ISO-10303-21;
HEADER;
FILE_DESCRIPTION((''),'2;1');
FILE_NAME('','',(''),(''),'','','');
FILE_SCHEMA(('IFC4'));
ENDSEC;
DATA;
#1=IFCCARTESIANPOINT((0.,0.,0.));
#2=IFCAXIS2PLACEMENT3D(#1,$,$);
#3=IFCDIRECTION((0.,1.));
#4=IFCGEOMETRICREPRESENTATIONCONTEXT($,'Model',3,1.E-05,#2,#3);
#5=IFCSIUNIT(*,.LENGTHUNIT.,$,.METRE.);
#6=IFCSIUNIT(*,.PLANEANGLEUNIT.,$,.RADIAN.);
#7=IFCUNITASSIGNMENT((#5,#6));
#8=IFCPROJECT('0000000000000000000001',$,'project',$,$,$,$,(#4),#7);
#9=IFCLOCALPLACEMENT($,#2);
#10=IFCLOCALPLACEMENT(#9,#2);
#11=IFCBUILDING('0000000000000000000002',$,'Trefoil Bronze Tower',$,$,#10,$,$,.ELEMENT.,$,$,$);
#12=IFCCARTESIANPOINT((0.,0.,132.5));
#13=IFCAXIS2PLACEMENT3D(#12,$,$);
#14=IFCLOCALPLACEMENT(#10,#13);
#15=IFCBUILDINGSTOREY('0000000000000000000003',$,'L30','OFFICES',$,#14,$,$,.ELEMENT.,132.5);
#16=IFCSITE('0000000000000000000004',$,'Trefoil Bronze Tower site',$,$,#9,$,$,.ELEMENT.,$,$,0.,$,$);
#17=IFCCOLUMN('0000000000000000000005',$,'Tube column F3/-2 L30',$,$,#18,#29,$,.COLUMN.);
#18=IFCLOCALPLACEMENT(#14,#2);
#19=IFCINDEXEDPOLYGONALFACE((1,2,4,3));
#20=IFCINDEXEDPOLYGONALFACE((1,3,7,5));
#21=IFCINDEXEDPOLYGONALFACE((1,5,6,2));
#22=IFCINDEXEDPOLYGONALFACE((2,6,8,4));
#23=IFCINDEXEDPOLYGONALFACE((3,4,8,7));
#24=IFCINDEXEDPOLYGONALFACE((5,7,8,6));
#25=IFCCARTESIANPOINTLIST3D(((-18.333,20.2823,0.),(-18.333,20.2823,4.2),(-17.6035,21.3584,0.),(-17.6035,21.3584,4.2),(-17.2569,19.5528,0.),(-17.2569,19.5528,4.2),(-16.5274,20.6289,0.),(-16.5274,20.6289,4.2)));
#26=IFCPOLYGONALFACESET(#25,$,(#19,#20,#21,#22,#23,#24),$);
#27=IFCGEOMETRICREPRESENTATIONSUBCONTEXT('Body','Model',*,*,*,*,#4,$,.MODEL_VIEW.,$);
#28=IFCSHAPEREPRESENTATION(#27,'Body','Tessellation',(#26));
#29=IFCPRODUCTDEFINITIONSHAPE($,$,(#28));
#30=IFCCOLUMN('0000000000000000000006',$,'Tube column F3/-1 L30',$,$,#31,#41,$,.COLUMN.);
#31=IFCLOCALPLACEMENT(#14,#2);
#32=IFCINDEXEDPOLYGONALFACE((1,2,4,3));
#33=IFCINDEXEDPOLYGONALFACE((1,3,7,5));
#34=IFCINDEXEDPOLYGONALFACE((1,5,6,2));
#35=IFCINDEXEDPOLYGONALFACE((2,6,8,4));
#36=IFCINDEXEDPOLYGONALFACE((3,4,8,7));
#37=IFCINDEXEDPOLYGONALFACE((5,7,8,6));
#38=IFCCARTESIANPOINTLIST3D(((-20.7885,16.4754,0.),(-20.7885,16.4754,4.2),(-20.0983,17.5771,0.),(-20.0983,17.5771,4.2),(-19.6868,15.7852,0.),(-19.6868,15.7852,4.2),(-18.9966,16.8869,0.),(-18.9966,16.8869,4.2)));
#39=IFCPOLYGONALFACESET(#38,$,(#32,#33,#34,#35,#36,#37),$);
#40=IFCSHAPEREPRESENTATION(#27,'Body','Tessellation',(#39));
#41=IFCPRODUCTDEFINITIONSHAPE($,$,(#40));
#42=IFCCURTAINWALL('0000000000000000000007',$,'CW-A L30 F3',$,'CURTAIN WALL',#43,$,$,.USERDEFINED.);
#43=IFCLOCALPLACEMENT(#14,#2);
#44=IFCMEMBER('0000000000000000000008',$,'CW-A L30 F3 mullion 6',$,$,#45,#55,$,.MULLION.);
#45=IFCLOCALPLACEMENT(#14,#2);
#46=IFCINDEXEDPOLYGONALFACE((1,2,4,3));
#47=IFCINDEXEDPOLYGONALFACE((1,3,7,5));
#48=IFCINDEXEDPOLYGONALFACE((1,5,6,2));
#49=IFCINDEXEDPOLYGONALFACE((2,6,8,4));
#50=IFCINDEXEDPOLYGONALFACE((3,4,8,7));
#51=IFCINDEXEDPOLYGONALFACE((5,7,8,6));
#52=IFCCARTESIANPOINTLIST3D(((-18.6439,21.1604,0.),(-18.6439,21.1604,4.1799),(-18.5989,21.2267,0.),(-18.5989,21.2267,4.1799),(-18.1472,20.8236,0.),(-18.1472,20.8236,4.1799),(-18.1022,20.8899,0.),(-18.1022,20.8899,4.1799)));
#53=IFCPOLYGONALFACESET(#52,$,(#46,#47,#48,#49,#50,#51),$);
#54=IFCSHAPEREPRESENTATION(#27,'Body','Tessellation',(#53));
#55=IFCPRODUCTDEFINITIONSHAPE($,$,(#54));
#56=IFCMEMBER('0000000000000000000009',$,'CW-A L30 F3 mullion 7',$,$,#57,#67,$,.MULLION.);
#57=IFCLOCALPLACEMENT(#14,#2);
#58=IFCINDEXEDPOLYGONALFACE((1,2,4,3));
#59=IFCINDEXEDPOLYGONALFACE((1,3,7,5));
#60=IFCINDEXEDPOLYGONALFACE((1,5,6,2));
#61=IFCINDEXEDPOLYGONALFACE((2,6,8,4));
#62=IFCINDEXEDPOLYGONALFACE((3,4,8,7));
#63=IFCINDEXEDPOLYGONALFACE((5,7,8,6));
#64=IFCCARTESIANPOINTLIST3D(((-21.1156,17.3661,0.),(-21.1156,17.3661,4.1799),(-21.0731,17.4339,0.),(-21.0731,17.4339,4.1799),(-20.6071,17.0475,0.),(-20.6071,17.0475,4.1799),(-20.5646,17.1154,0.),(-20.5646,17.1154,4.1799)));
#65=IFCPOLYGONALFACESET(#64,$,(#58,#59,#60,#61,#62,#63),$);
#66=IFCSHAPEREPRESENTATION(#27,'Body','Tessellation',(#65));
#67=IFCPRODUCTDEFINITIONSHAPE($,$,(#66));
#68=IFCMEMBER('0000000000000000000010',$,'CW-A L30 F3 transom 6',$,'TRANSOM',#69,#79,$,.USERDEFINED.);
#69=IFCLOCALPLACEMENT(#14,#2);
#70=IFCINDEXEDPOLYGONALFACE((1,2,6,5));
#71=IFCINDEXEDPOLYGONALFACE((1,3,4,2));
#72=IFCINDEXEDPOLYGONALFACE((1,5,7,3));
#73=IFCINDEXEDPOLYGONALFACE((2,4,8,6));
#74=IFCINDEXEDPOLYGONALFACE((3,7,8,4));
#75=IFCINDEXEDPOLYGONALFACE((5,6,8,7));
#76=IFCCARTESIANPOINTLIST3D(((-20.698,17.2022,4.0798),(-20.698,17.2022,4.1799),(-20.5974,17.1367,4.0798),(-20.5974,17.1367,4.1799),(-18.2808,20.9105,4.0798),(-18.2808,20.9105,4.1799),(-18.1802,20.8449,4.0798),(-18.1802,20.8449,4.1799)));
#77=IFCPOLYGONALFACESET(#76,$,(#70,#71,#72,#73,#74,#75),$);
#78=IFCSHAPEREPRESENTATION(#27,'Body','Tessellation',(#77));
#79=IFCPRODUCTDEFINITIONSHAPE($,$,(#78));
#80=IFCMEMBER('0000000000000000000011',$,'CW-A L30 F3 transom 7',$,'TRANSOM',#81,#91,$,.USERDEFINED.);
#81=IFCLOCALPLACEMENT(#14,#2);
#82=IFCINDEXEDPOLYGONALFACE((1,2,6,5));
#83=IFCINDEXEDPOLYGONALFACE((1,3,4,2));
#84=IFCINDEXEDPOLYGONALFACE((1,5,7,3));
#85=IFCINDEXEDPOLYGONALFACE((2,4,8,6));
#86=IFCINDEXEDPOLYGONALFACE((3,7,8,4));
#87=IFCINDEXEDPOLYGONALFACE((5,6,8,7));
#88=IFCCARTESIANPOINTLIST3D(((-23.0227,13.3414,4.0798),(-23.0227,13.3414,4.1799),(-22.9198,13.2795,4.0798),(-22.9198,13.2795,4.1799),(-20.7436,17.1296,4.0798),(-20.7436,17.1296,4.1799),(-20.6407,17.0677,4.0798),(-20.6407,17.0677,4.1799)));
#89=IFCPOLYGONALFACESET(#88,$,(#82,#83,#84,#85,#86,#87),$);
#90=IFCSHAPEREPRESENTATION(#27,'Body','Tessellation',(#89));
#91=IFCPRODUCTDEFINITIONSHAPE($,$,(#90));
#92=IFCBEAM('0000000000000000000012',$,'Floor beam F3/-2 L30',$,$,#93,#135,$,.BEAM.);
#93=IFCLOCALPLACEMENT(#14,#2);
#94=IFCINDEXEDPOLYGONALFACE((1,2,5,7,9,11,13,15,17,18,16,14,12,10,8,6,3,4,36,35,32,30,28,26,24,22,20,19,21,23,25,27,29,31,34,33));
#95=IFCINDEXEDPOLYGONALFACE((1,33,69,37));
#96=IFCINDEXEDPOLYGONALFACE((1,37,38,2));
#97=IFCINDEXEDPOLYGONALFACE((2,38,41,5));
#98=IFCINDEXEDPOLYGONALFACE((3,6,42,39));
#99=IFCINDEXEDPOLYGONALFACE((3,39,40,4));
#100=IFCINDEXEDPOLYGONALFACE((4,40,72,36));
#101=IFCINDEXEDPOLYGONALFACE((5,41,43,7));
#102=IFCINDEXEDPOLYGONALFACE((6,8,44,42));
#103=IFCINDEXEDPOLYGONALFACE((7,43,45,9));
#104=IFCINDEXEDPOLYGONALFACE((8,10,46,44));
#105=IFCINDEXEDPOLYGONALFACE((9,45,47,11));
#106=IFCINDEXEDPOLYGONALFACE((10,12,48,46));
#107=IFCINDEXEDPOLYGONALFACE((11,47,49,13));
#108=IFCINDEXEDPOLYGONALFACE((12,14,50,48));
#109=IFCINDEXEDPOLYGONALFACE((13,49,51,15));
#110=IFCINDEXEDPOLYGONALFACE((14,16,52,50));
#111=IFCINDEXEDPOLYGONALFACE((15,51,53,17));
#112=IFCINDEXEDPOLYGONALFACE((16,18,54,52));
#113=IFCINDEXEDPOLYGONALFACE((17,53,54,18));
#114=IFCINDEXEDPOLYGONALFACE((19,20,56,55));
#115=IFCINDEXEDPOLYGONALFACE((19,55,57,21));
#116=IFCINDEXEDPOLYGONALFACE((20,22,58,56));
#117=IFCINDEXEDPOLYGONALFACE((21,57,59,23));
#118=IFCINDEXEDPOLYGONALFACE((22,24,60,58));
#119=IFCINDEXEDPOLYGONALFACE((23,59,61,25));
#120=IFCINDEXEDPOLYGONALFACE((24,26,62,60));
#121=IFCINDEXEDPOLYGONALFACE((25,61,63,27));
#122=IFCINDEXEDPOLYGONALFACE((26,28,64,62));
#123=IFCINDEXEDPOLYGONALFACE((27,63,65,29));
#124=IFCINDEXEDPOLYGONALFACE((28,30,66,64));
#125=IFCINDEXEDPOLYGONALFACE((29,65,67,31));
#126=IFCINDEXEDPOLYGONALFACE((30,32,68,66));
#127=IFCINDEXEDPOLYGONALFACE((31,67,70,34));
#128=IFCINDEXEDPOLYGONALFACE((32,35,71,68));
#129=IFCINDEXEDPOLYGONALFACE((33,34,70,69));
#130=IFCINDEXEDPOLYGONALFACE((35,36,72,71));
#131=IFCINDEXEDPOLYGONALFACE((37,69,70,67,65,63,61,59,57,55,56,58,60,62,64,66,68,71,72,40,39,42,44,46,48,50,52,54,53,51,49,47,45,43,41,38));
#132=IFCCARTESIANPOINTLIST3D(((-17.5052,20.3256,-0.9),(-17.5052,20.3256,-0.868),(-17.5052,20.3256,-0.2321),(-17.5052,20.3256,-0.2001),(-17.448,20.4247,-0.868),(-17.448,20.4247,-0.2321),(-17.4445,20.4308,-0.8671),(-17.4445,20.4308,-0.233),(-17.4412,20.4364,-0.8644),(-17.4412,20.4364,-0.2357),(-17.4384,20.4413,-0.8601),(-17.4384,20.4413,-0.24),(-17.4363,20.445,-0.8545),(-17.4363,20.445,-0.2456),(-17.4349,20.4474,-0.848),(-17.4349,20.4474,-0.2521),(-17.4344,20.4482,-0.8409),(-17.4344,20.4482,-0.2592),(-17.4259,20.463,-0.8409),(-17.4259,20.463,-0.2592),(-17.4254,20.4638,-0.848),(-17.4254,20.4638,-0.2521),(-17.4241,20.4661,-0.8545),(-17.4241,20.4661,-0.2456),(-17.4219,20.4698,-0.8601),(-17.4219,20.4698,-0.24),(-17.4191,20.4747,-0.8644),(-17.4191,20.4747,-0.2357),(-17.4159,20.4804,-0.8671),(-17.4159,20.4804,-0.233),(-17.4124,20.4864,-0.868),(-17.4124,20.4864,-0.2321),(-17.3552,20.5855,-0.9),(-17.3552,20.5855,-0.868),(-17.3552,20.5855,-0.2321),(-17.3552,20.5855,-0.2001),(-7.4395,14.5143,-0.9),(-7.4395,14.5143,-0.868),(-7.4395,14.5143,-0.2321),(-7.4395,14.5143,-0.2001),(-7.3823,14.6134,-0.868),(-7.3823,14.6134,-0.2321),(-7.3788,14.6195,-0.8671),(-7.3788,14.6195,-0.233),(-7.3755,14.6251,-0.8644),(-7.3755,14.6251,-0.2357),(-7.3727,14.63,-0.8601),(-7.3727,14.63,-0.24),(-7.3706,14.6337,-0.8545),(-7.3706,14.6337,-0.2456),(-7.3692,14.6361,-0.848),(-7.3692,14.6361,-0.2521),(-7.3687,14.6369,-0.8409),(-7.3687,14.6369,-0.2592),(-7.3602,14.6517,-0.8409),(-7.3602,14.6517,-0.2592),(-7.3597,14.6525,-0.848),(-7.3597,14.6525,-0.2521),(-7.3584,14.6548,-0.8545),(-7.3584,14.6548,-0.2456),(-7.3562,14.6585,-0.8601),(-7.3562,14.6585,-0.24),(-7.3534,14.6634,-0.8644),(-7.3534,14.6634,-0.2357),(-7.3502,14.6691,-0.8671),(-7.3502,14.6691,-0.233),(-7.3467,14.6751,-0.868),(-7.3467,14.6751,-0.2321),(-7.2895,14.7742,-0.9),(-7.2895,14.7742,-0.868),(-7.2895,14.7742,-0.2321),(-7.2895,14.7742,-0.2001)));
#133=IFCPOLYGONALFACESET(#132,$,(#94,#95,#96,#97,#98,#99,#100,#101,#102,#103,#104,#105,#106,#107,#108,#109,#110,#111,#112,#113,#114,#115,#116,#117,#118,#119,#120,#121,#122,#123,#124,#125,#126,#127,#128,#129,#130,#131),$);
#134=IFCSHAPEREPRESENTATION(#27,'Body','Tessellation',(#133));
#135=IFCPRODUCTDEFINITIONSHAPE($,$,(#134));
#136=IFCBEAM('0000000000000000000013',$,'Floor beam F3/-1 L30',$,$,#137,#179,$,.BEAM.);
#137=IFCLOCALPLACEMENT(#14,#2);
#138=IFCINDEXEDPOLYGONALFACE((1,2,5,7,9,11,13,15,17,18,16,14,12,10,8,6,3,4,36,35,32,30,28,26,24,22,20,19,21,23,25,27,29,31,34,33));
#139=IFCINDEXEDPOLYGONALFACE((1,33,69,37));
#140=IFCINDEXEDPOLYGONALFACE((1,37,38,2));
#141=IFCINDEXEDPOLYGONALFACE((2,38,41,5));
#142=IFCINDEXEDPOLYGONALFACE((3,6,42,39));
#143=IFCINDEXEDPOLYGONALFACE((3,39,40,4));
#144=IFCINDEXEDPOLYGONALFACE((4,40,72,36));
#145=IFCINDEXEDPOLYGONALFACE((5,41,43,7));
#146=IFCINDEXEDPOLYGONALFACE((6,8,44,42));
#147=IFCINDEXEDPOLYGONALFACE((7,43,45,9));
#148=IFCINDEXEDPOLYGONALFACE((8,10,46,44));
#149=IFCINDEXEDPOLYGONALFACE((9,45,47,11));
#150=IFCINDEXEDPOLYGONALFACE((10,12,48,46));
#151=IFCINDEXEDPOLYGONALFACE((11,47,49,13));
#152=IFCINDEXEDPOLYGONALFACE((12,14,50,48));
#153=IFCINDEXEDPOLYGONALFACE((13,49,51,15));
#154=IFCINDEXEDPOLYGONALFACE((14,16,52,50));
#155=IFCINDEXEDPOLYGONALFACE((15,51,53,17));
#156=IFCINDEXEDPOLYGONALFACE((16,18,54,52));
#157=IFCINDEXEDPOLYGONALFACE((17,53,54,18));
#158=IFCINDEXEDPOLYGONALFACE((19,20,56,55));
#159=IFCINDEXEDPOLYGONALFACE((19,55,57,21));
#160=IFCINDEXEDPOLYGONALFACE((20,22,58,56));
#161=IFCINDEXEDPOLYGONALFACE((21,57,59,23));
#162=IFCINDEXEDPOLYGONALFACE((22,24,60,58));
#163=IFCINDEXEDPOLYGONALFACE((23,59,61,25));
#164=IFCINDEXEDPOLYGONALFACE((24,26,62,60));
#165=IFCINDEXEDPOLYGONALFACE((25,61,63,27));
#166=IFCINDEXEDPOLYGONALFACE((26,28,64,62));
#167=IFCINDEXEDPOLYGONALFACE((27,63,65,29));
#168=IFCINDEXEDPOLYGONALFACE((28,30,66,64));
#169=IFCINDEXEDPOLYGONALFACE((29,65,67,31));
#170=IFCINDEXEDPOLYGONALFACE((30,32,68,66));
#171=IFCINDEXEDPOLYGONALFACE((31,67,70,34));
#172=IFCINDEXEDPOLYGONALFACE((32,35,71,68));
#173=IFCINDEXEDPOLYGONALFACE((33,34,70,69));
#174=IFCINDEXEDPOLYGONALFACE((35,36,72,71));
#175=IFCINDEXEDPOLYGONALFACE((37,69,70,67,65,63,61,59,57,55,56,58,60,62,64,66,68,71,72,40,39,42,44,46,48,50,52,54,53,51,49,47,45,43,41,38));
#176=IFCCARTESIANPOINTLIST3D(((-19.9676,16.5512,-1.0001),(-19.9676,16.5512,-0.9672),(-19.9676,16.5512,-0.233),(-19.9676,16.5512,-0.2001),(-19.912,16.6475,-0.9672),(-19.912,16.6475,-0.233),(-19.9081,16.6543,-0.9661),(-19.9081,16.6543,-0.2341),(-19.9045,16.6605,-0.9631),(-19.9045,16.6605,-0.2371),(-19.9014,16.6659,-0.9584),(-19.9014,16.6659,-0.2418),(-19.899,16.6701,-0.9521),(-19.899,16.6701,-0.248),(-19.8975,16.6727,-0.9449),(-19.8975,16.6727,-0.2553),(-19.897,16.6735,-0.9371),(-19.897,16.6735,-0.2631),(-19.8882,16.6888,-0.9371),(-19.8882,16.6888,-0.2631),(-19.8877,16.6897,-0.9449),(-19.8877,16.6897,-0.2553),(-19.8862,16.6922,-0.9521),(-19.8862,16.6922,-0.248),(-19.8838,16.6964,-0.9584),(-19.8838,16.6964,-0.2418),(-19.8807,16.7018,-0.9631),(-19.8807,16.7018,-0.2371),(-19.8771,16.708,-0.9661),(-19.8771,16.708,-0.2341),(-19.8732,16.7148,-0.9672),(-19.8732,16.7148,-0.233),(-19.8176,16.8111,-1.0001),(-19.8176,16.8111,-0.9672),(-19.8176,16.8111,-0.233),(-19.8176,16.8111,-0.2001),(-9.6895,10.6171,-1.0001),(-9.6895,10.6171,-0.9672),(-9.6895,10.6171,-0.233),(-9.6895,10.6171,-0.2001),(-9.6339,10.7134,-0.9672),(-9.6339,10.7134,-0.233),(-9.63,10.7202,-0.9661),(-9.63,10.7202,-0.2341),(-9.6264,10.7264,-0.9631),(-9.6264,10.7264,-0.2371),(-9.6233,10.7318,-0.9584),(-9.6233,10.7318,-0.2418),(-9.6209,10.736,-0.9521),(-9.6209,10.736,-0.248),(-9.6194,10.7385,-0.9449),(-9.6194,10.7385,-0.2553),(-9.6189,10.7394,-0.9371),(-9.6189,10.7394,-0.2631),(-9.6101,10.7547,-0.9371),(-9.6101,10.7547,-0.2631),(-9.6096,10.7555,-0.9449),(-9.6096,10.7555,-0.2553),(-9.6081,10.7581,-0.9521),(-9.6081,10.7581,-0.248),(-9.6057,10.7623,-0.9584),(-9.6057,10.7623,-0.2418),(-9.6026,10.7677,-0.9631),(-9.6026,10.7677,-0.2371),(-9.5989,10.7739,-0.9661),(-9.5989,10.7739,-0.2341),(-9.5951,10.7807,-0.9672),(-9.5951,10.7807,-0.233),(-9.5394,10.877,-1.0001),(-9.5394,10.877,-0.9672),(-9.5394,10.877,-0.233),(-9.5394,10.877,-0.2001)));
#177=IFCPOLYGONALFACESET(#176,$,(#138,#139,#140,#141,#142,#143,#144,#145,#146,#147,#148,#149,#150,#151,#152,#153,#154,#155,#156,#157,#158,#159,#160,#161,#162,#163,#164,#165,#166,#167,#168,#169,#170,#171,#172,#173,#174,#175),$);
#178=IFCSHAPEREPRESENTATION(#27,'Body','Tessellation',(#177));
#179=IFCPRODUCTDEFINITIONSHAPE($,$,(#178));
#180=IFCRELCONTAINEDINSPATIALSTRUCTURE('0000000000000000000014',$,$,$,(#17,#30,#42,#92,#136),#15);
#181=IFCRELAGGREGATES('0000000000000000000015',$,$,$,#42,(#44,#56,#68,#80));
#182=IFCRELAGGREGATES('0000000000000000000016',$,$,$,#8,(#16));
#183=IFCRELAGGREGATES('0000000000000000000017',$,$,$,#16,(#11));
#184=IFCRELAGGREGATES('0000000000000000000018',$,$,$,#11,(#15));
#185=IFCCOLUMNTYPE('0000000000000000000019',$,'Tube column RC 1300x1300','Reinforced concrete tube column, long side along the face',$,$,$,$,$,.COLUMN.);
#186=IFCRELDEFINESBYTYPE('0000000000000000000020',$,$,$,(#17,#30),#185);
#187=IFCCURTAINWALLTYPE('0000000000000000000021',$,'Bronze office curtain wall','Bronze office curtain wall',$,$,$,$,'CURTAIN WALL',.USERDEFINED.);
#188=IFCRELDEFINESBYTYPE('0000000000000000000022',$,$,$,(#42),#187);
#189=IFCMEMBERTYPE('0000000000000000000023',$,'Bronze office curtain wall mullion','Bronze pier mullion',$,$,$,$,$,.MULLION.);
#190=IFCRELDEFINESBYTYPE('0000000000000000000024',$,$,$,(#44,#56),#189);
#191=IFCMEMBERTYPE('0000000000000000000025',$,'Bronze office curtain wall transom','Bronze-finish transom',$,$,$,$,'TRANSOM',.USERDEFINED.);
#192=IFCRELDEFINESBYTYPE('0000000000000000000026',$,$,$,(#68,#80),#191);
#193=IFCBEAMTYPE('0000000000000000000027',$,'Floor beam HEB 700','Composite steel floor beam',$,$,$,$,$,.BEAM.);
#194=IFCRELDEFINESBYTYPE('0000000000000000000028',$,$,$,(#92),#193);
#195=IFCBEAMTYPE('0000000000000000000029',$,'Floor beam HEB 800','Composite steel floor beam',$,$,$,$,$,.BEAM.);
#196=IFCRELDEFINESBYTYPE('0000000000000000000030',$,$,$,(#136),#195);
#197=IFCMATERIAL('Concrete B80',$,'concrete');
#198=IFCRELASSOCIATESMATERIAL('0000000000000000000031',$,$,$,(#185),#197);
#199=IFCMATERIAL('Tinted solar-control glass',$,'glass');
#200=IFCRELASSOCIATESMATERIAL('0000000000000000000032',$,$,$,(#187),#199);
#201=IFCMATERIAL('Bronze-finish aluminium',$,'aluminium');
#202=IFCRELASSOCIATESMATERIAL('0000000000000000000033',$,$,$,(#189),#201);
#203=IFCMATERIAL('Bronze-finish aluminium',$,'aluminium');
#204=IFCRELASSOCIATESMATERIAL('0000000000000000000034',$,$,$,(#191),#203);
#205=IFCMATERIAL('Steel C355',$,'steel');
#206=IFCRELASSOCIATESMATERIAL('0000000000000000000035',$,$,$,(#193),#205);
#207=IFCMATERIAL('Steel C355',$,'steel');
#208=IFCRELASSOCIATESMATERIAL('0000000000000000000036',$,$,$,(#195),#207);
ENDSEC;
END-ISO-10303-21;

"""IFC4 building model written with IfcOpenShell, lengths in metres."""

from ifc_helpers import new_model, si_unit, direction, frame, origin, origin_2d, place, context, subcontext, project, spatial, rectangle, i_section, extrude, material, material_profile, profile_set, type_object, element, aggregate, save


model = new_model("IFC4")

# Units and contexts
model_context = context("Model", 3, precision=1e-05, world=origin(), true_north=direction((0.0, 1.0)))
body_context = subcontext(model_context, "Body", "Model", "MODEL_VIEW")
ifc_project = project(units=[si_unit("LENGTHUNIT", "METRE"), si_unit("PLANEANGLEUNIT", "RADIAN")], contexts=[model_context])

# Site, building, storey
site_placement = place(None, origin())
site = spatial("IfcSite", under=ifc_project, at=site_placement, Name="Trefoil Bronze Tower site", CompositionType="ELEMENT", RefElevation=0.0)
building_placement = place(site_placement, origin())
building = spatial("IfcBuilding", under=site, at=building_placement, Name="Trefoil Bronze Tower", CompositionType="ELEMENT")
storey_placement = place(building_placement, frame((0.0, 0.0, 132.5)))
storey = spatial("IfcBuildingStorey", under=building, at=storey_placement, Name="L30", Description="OFFICES", CompositionType="ELEMENT", Elevation=132.5)

# Columns
ifc_material_1 = material(Name="Concrete B80", Category="concrete")
ifc_material_profile_1 = material_profile(ifc_material_1, rectangle(XDim=1.3, YDim=1.3, at=origin_2d()), Name="RC 1300x1300")
ifc_profile_set_1 = profile_set([ifc_material_profile_1], Name="Concrete B80")
column_type = type_object("IfcColumnType", Name="Tube column RC 1300x1300", Description="Reinforced concrete tube column, long side along the face", PredefinedType="COLUMN", material=ifc_profile_set_1)
for number, where, z_axis, x_axis, name in (
    (1, (-17.4302, 20.4556, 0.0), (0.0, 0.0, 1.0), (-0.561136, -0.827724, 0.0), "Tube column F3/-2 L30"),
    (2, (-19.8926, 16.6812, 0.0), (0.0, 0.0, 1.0), (-0.530893, -0.847439, 0.0), "Tube column F3/-1 L30"),
):
    element("IfcColumn", number, at=place(storey_placement, frame(where, z_axis=z_axis, x_axis=x_axis)), inside=storey, type_object=column_type, Name=name, PredefinedType="COLUMN", context=body_context, shape_type="SweptSolid", body=[
        extrude(rectangle(XDim=1.3, YDim=1.3, at=origin_2d()), origin(), (0.0, 0.0, 1.0), 4.2),
    ])

# Curtain wall, members
ifc_material_2 = material(Name="Tinted solar-control glass", Category="glass")
curtain_wall_type = type_object("IfcCurtainWallType", Name="Bronze office curtain wall", Description="Bronze office curtain wall", ElementType="CURTAIN WALL", PredefinedType="USERDEFINED", material=ifc_material_2)
curtain_wall_placement = place(storey_placement, origin())
curtain_wall = element("IfcCurtainWall", 3, at=curtain_wall_placement, inside=storey, type_object=curtain_wall_type, Name="CW-A L30 F3", ObjectType="CURTAIN WALL", PredefinedType="USERDEFINED")
ifc_material_3 = material(Name="Bronze-finish aluminium", Category="aluminium")
ifc_material_profile_2 = material_profile(ifc_material_3, rectangle(XDim=0.6001, YDim=0.0801, at=origin_2d()), Name="CW-A mullion")
ifc_profile_set_2 = profile_set([ifc_material_profile_2], Name="Bronze-finish aluminium")
member_type_1 = type_object("IfcMemberType", Name="Bronze office curtain wall mullion", Description="Bronze pier mullion", PredefinedType="MULLION", material=ifc_profile_set_2)
member_1_placement = place(storey_placement, frame((-18.373, 21.0251, 0.0), z_axis=(0.0, 0.0, 1.0), x_axis=(0.827724, -0.561136, 0.0)))
member_1 = element("IfcMember", 4, at=member_1_placement, type_object=member_type_1, Name="CW-A L30 F3 mullion 6", PredefinedType="MULLION", context=body_context, shape_type="SweptSolid", body=[
    extrude(rectangle(XDim=0.6001, YDim=0.0801, at=origin_2d()), origin(), (0.0, 0.0, 1.0), 4.1799),
])
member_2_placement = place(storey_placement, frame((-20.8401, 17.2407, 0.0), z_axis=(0.0, 0.0, 1.0), x_axis=(0.847439, -0.530893, 0.0)))
member_2 = element("IfcMember", 5, at=member_2_placement, type_object=member_type_1, Name="CW-A L30 F3 mullion 7", PredefinedType="MULLION", context=body_context, shape_type="SweptSolid", body=[
    extrude(rectangle(XDim=0.6001, YDim=0.0801, at=origin_2d()), origin(), (0.0, 0.0, 1.0), 4.1799),
])
ifc_material_4 = material(Name="Bronze-finish aluminium", Category="aluminium")
ifc_material_profile_3 = material_profile(ifc_material_4, rectangle(XDim=0.1201, YDim=0.1001, at=origin_2d()), Name="CW-A transom")
ifc_profile_set_3 = profile_set([ifc_material_profile_3], Name="Bronze-finish aluminium")
member_type_2 = type_object("IfcMemberType", Name="Bronze office curtain wall transom", Description="Bronze-finish transom", ElementType="TRANSOM", PredefinedType="USERDEFINED", material=ifc_profile_set_3)
member_3_placement = place(storey_placement, frame((-18.2305, 20.8777, 4.1299), z_axis=(-0.546079, -0.837733, 0.0), x_axis=(0.837733, -0.546079, 0.0)))
member_3 = element("IfcMember", 6, at=member_3_placement, type_object=member_type_2, Name="CW-A L30 F3 transom 6", ObjectType="TRANSOM", PredefinedType="USERDEFINED", context=body_context, shape_type="SweptSolid", body=[
    extrude(rectangle(XDim=0.1201, YDim=0.1001, at=origin_2d()), origin(), (0.0, 0.0, 1.0), 4.4265),
])
member_4_placement = place(storey_placement, frame((-20.6921, 17.0986, 4.1299), z_axis=(-0.515527, -0.856873, 0.0), x_axis=(0.856873, -0.515527, 0.0)))
member_4 = element("IfcMember", 7, at=member_4_placement, type_object=member_type_2, Name="CW-A L30 F3 transom 7", ObjectType="TRANSOM", PredefinedType="USERDEFINED", context=body_context, shape_type="SweptSolid", body=[
    extrude(rectangle(XDim=0.1201, YDim=0.1001, at=origin_2d()), origin(), (0.0, 0.0, 1.0), 4.4209),
])

# Beams
ifc_material_5 = material(Name="Steel C355", Category="steel")
ifc_material_profile_4 = material_profile(ifc_material_5, i_section(OverallWidth=0.3, OverallDepth=0.7, WebThickness=0.0171, FlangeThickness=0.032, FilletRadius=0.0271, at=origin_2d()), Name="HEB 700")
ifc_profile_set_4 = profile_set([ifc_material_profile_4], Name="Steel C355")
beam_type_1 = type_object("IfcBeamType", Name="Floor beam HEB 700", Description="Composite steel floor beam", PredefinedType="BEAM", material=ifc_profile_set_4)
beam_1_placement = place(storey_placement, frame((-17.4302, 20.4556, -0.55), z_axis=(0.866031, -0.499991, 0.0), x_axis=(0.499991, 0.866031, 0.0)))
element("IfcBeam", 8, at=beam_1_placement, inside=storey, type_object=beam_type_1, Name="Floor beam F3/-2 L30", PredefinedType="BEAM", context=body_context, shape_type="SweptSolid", body=[
    extrude(i_section(OverallWidth=0.3, OverallDepth=0.7, WebThickness=0.0171, FlangeThickness=0.032, FilletRadius=0.0271, at=origin_2d()), origin(), (0.0, 0.0, 1.0), 11.6228),
])
ifc_material_6 = material(Name="Steel C355", Category="steel")
ifc_material_profile_5 = material_profile(ifc_material_6, i_section(OverallWidth=0.3, OverallDepth=0.8, WebThickness=0.0176, FlangeThickness=0.033, FilletRadius=0.03, at=origin_2d()), Name="HEB 800")
ifc_profile_set_5 = profile_set([ifc_material_profile_5], Name="Steel C355")
beam_type_2 = type_object("IfcBeamType", Name="Floor beam HEB 800", Description="Composite steel floor beam", PredefinedType="BEAM", material=ifc_profile_set_5)
beam_2_placement = place(storey_placement, frame((-19.8926, 16.6812, -0.6001), z_axis=(0.866024, -0.500002, 0.0), x_axis=(0.500002, 0.866024, 0.0)))
element("IfcBeam", 9, at=beam_2_placement, inside=storey, type_object=beam_type_2, Name="Floor beam F3/-1 L30", PredefinedType="BEAM", context=body_context, shape_type="SweptSolid", body=[
    extrude(i_section(OverallWidth=0.3, OverallDepth=0.8, WebThickness=0.0176, FlangeThickness=0.033, FilletRadius=0.03, at=origin_2d()), origin(), (0.0, 0.0, 1.0), 11.8682),
])

aggregate(curtain_wall, [member_1, member_2, member_3, member_4])

save(model, "model.ifc")
